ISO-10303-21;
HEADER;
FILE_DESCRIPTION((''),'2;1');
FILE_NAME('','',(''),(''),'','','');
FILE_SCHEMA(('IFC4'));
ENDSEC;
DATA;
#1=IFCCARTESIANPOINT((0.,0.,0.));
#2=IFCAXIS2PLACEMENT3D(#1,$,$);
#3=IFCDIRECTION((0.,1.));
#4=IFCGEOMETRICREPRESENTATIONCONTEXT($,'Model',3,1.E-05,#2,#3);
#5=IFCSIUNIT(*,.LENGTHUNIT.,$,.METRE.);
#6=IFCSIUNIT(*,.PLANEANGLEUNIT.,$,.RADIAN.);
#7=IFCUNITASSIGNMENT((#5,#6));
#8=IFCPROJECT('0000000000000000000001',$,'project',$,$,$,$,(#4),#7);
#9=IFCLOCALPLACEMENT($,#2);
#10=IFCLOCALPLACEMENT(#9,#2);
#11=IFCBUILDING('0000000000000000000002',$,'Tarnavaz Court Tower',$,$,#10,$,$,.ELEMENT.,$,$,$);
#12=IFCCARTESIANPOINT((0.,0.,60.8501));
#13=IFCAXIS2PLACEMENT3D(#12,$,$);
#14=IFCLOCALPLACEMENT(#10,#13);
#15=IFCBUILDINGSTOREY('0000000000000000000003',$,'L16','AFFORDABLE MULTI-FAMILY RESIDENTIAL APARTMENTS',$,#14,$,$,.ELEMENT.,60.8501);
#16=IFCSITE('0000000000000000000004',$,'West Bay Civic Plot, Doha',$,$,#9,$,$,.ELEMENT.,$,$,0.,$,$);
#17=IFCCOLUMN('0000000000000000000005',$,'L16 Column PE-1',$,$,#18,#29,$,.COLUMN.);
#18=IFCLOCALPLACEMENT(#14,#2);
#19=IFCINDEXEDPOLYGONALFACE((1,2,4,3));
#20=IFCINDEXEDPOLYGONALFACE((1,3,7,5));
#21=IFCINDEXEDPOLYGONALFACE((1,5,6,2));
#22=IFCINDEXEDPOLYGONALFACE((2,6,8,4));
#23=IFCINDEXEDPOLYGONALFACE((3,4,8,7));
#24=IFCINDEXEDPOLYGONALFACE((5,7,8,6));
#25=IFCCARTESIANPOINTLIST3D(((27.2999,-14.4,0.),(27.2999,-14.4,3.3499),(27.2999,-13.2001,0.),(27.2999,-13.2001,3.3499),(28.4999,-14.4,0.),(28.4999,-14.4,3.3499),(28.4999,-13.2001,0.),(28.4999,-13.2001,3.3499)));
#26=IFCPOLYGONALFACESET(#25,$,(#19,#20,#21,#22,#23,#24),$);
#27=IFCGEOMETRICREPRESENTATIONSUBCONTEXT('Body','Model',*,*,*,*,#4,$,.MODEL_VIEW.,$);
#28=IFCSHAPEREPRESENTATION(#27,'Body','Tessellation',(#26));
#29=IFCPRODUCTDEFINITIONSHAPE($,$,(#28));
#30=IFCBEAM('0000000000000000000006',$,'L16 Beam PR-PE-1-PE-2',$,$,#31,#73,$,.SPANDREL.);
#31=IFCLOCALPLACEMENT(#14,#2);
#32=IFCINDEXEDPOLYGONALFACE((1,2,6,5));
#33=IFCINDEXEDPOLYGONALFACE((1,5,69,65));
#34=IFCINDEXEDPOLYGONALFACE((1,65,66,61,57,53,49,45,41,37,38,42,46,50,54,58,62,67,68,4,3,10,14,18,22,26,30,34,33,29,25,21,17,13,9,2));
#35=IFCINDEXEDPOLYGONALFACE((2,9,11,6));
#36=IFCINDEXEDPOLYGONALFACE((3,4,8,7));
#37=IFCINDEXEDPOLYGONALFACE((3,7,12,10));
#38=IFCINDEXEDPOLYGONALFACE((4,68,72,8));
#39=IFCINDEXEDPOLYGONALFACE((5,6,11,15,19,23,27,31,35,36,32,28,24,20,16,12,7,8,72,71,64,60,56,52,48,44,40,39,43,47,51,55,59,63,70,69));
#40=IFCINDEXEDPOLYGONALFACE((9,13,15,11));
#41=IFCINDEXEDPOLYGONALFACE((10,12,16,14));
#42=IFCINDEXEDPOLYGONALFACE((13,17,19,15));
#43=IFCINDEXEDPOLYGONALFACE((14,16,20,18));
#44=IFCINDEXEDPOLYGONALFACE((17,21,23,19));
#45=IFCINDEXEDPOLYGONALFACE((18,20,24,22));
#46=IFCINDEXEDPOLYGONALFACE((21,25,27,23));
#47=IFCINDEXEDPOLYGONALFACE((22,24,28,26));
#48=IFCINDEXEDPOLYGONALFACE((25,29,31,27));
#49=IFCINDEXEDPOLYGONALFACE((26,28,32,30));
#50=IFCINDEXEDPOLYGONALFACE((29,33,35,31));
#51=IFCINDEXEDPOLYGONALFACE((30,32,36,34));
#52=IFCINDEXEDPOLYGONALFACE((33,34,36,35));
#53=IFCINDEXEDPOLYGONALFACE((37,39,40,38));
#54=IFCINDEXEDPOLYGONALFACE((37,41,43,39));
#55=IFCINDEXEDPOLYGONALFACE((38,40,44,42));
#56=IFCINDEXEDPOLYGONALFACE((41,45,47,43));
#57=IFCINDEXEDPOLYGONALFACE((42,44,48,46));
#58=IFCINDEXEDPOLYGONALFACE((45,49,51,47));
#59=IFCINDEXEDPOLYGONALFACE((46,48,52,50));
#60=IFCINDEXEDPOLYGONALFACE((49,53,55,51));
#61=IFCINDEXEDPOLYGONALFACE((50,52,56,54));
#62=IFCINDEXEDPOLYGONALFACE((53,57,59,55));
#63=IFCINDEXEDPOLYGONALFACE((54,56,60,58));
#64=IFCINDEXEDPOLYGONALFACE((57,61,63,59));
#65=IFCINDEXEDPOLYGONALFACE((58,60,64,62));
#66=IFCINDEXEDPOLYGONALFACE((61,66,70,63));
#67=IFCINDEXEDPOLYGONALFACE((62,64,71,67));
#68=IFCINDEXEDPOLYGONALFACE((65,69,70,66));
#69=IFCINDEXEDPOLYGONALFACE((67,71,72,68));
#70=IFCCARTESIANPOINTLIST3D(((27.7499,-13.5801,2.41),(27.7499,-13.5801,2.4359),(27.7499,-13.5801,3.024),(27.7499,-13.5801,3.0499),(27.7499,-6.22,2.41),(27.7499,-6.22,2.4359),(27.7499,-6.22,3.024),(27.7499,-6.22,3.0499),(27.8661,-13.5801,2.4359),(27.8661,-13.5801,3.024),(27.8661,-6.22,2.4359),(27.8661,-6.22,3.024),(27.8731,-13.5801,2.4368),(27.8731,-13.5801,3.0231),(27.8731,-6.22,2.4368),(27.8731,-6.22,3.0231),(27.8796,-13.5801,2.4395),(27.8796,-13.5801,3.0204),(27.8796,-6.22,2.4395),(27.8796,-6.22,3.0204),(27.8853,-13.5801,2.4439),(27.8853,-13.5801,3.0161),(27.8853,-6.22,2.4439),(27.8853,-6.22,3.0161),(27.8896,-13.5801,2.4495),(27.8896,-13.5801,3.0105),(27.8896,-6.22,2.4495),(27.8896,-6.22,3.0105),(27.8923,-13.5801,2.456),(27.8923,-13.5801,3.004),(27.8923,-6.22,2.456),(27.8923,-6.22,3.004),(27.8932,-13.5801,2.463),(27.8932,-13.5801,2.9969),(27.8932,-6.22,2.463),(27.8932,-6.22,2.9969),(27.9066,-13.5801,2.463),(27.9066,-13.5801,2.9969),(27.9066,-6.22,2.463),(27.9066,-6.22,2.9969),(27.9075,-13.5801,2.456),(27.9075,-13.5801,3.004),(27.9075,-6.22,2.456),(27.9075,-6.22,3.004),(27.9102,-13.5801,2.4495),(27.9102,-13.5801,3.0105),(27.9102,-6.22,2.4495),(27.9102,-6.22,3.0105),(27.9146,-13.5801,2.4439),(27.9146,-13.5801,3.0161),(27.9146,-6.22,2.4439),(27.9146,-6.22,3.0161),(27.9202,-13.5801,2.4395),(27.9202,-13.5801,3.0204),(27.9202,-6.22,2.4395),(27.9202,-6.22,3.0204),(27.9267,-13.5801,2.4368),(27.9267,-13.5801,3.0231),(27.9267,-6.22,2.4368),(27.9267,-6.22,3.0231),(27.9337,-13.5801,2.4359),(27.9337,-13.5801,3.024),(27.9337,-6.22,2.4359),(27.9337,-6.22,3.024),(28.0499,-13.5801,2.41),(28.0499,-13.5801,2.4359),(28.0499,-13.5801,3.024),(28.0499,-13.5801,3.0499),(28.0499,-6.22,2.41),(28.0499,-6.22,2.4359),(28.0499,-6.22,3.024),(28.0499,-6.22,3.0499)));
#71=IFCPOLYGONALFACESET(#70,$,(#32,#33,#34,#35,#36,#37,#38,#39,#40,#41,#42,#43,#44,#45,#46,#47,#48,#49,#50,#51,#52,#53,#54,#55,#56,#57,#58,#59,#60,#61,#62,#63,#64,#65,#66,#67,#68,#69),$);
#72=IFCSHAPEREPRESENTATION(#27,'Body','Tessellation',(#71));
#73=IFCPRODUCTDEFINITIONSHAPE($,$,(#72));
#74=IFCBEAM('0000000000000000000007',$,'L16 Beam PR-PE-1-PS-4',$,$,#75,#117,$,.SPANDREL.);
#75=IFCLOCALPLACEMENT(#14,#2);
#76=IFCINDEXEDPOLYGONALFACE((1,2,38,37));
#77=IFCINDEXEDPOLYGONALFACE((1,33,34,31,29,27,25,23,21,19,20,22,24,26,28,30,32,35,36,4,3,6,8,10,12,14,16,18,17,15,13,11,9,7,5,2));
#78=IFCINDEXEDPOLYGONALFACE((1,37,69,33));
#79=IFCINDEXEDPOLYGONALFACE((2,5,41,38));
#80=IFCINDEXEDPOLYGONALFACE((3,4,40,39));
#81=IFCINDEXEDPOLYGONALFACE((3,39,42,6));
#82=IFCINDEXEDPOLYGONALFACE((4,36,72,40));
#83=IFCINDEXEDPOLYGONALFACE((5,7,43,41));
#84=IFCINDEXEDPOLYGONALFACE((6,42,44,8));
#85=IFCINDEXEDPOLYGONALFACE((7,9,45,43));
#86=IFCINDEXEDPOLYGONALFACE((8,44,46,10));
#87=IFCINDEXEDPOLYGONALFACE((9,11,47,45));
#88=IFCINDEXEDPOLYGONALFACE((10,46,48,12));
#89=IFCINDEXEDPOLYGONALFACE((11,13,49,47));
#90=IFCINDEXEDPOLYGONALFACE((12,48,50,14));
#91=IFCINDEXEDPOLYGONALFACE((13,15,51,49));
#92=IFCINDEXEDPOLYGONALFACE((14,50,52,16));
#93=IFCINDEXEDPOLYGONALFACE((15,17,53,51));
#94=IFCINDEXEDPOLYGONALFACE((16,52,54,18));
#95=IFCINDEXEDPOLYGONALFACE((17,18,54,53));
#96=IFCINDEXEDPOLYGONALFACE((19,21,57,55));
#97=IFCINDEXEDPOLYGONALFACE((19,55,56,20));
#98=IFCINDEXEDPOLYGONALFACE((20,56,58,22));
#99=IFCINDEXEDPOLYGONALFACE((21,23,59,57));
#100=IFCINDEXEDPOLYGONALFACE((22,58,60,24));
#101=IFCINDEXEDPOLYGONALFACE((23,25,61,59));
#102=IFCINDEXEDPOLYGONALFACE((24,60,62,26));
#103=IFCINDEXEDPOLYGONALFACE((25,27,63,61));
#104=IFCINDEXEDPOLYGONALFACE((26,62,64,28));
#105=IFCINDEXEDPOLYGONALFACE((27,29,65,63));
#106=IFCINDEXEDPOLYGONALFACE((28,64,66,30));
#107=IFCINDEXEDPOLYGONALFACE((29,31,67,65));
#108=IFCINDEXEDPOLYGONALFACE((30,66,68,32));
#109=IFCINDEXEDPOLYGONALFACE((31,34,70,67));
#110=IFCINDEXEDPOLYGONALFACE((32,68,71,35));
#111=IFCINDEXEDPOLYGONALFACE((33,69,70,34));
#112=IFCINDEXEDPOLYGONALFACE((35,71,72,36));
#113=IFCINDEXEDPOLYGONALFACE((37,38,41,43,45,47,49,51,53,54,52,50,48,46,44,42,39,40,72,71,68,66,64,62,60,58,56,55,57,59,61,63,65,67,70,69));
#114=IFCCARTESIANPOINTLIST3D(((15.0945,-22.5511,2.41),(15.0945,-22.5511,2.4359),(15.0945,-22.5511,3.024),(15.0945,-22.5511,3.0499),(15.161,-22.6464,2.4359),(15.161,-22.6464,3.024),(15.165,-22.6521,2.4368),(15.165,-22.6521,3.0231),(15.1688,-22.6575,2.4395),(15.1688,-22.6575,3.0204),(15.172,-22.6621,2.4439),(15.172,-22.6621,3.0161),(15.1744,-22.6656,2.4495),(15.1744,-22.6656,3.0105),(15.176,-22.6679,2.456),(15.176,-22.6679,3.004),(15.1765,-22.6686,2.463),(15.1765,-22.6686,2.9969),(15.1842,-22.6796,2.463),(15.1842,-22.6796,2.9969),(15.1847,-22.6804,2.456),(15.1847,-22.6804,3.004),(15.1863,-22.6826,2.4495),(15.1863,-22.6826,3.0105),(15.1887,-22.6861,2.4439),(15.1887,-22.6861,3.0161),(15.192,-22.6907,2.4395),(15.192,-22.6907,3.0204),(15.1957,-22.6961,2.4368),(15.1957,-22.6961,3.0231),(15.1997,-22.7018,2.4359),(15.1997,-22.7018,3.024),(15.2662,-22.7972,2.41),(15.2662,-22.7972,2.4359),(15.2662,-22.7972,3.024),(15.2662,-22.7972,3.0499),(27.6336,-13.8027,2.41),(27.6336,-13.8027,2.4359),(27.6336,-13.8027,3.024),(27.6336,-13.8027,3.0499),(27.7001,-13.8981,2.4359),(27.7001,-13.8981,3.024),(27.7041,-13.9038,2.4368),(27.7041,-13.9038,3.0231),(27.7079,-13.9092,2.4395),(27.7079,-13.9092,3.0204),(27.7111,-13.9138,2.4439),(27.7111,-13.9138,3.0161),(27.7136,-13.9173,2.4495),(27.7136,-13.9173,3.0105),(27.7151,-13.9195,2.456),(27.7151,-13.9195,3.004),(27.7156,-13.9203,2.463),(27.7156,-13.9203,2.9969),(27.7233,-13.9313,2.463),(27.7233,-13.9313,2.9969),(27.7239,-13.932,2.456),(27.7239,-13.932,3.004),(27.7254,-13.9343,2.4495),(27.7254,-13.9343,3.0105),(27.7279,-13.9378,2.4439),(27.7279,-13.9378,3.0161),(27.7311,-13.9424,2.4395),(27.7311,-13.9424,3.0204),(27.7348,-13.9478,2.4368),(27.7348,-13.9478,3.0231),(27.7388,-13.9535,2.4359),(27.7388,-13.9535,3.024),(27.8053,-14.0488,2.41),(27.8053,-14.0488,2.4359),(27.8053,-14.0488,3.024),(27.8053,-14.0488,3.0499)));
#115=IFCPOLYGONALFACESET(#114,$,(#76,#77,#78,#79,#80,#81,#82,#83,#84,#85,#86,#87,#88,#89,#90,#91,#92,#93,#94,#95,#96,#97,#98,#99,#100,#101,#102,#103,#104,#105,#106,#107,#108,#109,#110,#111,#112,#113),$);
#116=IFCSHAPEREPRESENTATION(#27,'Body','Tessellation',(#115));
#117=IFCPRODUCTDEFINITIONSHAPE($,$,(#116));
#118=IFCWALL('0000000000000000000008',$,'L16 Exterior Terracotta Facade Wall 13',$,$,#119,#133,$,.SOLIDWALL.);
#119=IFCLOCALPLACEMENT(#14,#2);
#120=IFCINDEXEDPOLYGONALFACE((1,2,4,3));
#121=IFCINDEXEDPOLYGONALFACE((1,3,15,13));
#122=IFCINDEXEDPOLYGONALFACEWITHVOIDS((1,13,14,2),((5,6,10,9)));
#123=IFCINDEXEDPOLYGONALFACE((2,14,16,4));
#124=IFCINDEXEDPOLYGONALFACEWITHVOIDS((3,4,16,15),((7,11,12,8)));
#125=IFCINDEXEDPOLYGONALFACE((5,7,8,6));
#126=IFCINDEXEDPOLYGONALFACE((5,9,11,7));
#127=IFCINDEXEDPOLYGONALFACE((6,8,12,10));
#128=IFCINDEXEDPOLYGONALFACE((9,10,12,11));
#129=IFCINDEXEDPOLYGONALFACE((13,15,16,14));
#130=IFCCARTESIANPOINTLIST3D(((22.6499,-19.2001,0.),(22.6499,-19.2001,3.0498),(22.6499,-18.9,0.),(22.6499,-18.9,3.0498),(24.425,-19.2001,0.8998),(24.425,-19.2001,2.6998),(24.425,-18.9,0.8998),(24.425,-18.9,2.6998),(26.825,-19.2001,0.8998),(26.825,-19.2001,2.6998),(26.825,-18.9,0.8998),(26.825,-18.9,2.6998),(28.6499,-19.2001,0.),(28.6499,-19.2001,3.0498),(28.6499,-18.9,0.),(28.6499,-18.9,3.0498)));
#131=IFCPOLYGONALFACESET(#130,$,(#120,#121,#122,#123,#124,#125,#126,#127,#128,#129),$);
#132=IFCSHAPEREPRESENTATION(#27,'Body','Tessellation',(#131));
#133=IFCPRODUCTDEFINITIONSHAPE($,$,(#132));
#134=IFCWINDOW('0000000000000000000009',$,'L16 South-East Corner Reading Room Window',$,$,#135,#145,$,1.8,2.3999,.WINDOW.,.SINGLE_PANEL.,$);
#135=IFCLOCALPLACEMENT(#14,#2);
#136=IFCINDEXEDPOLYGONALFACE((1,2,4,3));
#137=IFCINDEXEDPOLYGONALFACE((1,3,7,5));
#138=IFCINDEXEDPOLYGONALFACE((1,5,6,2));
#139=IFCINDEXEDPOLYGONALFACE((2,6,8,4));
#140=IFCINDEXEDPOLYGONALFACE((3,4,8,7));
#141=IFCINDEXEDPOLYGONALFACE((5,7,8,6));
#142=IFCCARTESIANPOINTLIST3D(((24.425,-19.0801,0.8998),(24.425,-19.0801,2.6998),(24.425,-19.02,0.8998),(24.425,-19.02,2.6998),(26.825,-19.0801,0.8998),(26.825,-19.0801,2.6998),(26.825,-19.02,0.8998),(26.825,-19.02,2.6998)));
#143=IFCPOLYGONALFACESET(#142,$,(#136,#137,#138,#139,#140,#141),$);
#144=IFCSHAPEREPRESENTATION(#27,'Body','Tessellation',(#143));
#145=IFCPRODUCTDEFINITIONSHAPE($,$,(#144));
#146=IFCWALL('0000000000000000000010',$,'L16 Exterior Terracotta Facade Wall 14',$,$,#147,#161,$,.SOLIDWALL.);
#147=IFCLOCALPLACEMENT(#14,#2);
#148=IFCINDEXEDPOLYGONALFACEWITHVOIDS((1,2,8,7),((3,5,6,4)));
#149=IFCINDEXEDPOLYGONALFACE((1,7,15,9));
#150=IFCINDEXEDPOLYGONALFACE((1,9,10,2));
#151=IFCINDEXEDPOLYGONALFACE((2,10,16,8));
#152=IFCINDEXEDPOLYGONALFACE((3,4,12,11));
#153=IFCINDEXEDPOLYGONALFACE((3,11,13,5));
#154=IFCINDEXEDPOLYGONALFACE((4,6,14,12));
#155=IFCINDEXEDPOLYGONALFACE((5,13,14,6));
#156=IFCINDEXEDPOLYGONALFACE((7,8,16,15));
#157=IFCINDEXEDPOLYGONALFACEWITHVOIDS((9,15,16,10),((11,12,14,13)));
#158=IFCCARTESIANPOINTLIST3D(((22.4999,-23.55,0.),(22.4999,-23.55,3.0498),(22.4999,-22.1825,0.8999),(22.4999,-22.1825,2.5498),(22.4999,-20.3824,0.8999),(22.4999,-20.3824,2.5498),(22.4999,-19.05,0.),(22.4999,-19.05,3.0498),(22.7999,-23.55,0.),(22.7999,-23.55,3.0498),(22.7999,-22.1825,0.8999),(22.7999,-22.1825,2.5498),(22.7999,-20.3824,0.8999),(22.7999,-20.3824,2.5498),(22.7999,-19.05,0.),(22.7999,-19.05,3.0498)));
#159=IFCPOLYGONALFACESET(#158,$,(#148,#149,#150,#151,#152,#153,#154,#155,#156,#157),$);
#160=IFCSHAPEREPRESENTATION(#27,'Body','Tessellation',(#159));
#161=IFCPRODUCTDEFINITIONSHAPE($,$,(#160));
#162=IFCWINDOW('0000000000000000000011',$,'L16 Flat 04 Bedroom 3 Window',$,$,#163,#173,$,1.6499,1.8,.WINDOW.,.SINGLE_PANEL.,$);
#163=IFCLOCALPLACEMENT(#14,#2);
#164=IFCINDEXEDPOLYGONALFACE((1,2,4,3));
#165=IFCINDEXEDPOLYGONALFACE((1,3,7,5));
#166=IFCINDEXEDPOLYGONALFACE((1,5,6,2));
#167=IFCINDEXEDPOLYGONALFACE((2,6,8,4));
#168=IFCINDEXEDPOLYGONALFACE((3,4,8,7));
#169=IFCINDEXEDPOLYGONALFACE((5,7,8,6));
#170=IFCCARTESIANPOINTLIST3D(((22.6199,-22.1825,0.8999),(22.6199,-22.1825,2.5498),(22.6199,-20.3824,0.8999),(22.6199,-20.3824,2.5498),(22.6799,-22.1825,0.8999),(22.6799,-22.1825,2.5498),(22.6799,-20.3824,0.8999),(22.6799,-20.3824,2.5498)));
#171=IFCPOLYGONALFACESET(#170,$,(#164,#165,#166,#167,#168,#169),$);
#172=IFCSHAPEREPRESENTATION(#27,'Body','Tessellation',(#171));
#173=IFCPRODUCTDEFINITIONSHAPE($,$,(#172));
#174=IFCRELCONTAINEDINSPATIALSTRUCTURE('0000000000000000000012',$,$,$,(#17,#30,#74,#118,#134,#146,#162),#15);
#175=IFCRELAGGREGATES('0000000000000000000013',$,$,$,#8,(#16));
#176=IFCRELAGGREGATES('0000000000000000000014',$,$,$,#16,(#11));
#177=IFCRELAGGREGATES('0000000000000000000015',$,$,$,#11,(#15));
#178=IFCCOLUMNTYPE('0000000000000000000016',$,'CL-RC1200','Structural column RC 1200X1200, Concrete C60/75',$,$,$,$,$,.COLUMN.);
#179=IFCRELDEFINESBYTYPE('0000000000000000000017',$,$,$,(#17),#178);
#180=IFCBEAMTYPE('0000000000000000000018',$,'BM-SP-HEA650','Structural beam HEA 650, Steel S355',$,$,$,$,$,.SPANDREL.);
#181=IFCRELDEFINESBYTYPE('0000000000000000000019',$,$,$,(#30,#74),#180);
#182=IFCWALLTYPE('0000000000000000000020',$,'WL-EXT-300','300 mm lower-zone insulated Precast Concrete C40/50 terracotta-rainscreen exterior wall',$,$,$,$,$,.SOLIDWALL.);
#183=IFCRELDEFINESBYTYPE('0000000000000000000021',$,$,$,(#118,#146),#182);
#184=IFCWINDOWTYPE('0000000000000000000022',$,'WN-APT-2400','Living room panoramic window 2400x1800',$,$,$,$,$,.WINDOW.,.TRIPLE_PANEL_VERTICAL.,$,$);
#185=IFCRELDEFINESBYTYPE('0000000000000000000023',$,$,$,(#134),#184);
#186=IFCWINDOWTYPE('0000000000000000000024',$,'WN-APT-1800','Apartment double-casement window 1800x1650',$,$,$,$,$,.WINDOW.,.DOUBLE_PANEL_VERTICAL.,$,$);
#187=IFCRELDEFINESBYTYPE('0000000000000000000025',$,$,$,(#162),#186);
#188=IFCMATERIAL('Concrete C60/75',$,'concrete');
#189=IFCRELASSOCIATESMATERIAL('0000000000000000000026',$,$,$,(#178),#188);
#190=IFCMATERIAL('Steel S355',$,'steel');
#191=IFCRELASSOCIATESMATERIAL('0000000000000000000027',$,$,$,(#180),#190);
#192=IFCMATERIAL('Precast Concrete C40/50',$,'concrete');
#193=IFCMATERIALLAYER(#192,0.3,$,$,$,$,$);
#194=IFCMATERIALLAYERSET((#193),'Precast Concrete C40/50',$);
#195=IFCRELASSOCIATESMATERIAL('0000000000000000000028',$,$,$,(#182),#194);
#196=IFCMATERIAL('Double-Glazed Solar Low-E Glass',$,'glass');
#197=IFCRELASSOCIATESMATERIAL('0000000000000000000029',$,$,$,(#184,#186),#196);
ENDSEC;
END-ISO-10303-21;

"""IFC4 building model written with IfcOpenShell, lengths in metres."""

from ifc_helpers import new_model, si_unit, direction, frame, frame_2d, origin, origin_2d, place, context, subcontext, project, spatial, rectangle, i_section, extrude, material, layer, layer_set, material_profile, profile_set, type_object, element, fill, save


model = new_model("IFC4")

# Units and contexts
model_context = context("Model", 3, precision=1e-05, world=origin(), true_north=direction((0.0, 1.0)))
body_context = subcontext(model_context, "Body", "Model", "MODEL_VIEW")
ifc_project = project(units=[si_unit("LENGTHUNIT", "METRE"), si_unit("PLANEANGLEUNIT", "RADIAN")], contexts=[model_context])

# Site, building, storey
site_placement = place(None, origin())
site = spatial("IfcSite", under=ifc_project, at=site_placement, Name="West Bay Civic Plot, Doha", CompositionType="ELEMENT", RefElevation=0.0)
building_placement = place(site_placement, origin())
building = spatial("IfcBuilding", under=site, at=building_placement, Name="Tarnavaz Court Tower", CompositionType="ELEMENT")
storey_placement = place(building_placement, frame((0.0, 0.0, 60.8501)))
storey = spatial("IfcBuildingStorey", under=building, at=storey_placement, Name="L16", Description="AFFORDABLE MULTI-FAMILY RESIDENTIAL APARTMENTS", CompositionType="ELEMENT", Elevation=60.8501)

# Column
ifc_material_1 = material(Name="Concrete C60/75", Category="concrete")
ifc_material_profile_1 = material_profile(ifc_material_1, rectangle(XDim=1.2, YDim=1.2, at=origin_2d()), Name="RC 1200X1200")
ifc_profile_set_1 = profile_set([ifc_material_profile_1], Name="Concrete C60/75")
column_type = type_object("IfcColumnType", Name="CL-RC1200", Description="Structural column RC 1200X1200, Concrete C60/75", PredefinedType="COLUMN", material=ifc_profile_set_1)
column_placement = place(storey_placement, frame((27.8999, -13.8, 0.0), z_axis=(0.0, 0.0, 1.0), x_axis=(1.0, 0.0, 0.0)))
element("IfcColumn", 1, at=column_placement, inside=storey, type_object=column_type, Name="L16 Column PE-1", PredefinedType="COLUMN", context=body_context, shape_type="SweptSolid", body=[
    extrude(rectangle(XDim=1.2, YDim=1.2, at=origin_2d()), origin(), (0.0, 0.0, 1.0), 3.3499),
])

# Beams
ifc_material_2 = material(Name="Steel S355", Category="steel")
ifc_material_profile_2 = material_profile(ifc_material_2, i_section(OverallWidth=0.3, OverallDepth=0.6399, WebThickness=0.0134, FlangeThickness=0.0259, FilletRadius=0.0271, at=origin_2d()), Name="HEA 650")
ifc_profile_set_2 = profile_set([ifc_material_profile_2], Name="Steel S355")
beam_type = type_object("IfcBeamType", Name="BM-SP-HEA650", Description="Structural beam HEA 650, Steel S355", PredefinedType="SPANDREL", material=ifc_profile_set_2)
beam_1_placement = place(storey_placement, frame((27.8999, -13.5801, 2.73), z_axis=(0.0, 1.0, 0.0), x_axis=(-1.0, 0.0, 0.0)))
element("IfcBeam", 2, at=beam_1_placement, inside=storey, type_object=beam_type, Name="L16 Beam PR-PE-1-PE-2", PredefinedType="SPANDREL", context=body_context, shape_type="SweptSolid", body=[
    extrude(i_section(OverallWidth=0.3, OverallDepth=0.6399, WebThickness=0.0134, FlangeThickness=0.0259, FilletRadius=0.0271, at=origin_2d()), origin(), (0.0, 0.0, 1.0), 7.3601),
])
beam_2_placement = place(storey_placement, frame((27.7195, -13.9258, 2.73), z_axis=(-0.820124, -0.572186, 0.0), x_axis=(0.572186, -0.820124, 0.0)))
element("IfcBeam", 3, at=beam_2_placement, inside=storey, type_object=beam_type, Name="L16 Beam PR-PE-1-PS-4", PredefinedType="SPANDREL", context=body_context, shape_type="SweptSolid", body=[
    extrude(i_section(OverallWidth=0.3, OverallDepth=0.6399, WebThickness=0.0134, FlangeThickness=0.0259, FilletRadius=0.0271, at=origin_2d()), origin(), (0.0, 0.0, 1.0), 15.2893),
])

# Walls, openings, windows
ifc_material_3 = material(Name="Precast Concrete C40/50", Category="concrete")
ifc_layer_1 = layer(ifc_material_3, 0.3)
ifc_layer_set_1 = layer_set([ifc_layer_1], Name="Precast Concrete C40/50")
wall_type_1 = type_object("IfcWallType", Name="WL-EXT-300", Description="300 mm lower-zone insulated Precast Concrete C40/50 terracotta-rainscreen exterior wall", PredefinedType="SOLIDWALL", material=ifc_layer_set_1)
wall_1_placement = place(storey_placement, frame((28.6499, -19.05, 0.0), z_axis=(0.0, 0.0, 1.0), x_axis=(-1.0, 0.0, 0.0)))
wall_1 = element("IfcWall", 4, at=wall_1_placement, inside=storey, type_object=wall_type_1, Name="L16 Exterior Terracotta Facade Wall 13", PredefinedType="SOLIDWALL", context=body_context, shape_type="SweptSolid", body=[
    extrude(rectangle(XDim=6.0, YDim=0.3, at=frame_2d((3.0, 0.0))), origin(), (0.0, 0.0, 1.0), 3.0498),
])
opening_1_placement = place(wall_1_placement, frame((1.825, 0.0, 0.8999)))
opening_1 = element("IfcOpeningElement", 5, at=opening_1_placement, cuts=wall_1, PredefinedType="OPENING", context=body_context, shape_type="SweptSolid", body=[
    extrude(rectangle(XDim=2.3999, YDim=1.8, at=frame_2d((1.2, 0.8999))), frame((0.0, 0.1599, 0.0), z_axis=(0.0, -1.0, 0.0), x_axis=(1.0, 0.0, 0.0)), (0.0, 0.0, 1.0), 0.3201),
])
ifc_material_4 = material(Name="Double-Glazed Solar Low-E Glass", Category="glass")
window_type_1 = type_object("IfcWindowType", Name="WN-APT-2400", Description="Living room panoramic window 2400x1800", PartitioningType="TRIPLE_PANEL_VERTICAL", PredefinedType="WINDOW", material=ifc_material_4)
window_1_placement = place(opening_1_placement, origin())
window_1 = element("IfcWindow", 6, at=window_1_placement, inside=storey, type_object=window_type_1, Name="L16 South-East Corner Reading Room Window", OverallHeight=1.8, OverallWidth=2.3999, PartitioningType="SINGLE_PANEL", PredefinedType="WINDOW", context=body_context, shape_type="SweptSolid", body=[
    extrude(rectangle(XDim=2.3999, YDim=1.8, at=frame_2d((1.2, 0.8999))), frame((0.0, 0.03, 0.0), z_axis=(0.0, -1.0, 0.0), x_axis=(1.0, 0.0, 0.0)), (0.0, 0.0, 1.0), 0.0601),
])
fill(opening_1, window_1)
wall_2_placement = place(storey_placement, frame((22.6499, -19.05, 0.0), z_axis=(0.0, 0.0, 1.0), x_axis=(0.0, -1.0, 0.0)))
wall_2 = element("IfcWall", 7, at=wall_2_placement, inside=storey, type_object=wall_type_1, Name="L16 Exterior Terracotta Facade Wall 14", PredefinedType="SOLIDWALL", context=body_context, shape_type="SweptSolid", body=[
    extrude(rectangle(XDim=4.5, YDim=0.3, at=frame_2d((2.25, 0.0))), origin(), (0.0, 0.0, 1.0), 3.0498),
])
opening_2_placement = place(wall_2_placement, frame((1.3325, 0.0, 0.8999)))
opening_2 = element("IfcOpeningElement", 8, at=opening_2_placement, cuts=wall_2, PredefinedType="OPENING", context=body_context, shape_type="SweptSolid", body=[
    extrude(rectangle(XDim=1.8, YDim=1.6499, at=frame_2d((0.8999, 0.825))), frame((0.0, 0.1599, 0.0), z_axis=(0.0, -1.0, 0.0), x_axis=(1.0, 0.0, 0.0)), (0.0, 0.0, 1.0), 0.3201),
])
window_type_2 = type_object("IfcWindowType", Name="WN-APT-1800", Description="Apartment double-casement window 1800x1650", PartitioningType="DOUBLE_PANEL_VERTICAL", PredefinedType="WINDOW", material=ifc_material_4)
window_2_placement = place(opening_2_placement, origin())
window_2 = element("IfcWindow", 9, at=window_2_placement, inside=storey, type_object=window_type_2, Name="L16 Flat 04 Bedroom 3 Window", OverallHeight=1.6499, OverallWidth=1.8, PartitioningType="SINGLE_PANEL", PredefinedType="WINDOW", context=body_context, shape_type="SweptSolid", body=[
    extrude(rectangle(XDim=1.8, YDim=1.6499, at=frame_2d((0.8999, 0.825))), frame((0.0, 0.03, 0.0), z_axis=(0.0, -1.0, 0.0), x_axis=(1.0, 0.0, 0.0)), (0.0, 0.0, 1.0), 0.0601),
])
fill(opening_2, window_2)

save(model, "model.ifc")
